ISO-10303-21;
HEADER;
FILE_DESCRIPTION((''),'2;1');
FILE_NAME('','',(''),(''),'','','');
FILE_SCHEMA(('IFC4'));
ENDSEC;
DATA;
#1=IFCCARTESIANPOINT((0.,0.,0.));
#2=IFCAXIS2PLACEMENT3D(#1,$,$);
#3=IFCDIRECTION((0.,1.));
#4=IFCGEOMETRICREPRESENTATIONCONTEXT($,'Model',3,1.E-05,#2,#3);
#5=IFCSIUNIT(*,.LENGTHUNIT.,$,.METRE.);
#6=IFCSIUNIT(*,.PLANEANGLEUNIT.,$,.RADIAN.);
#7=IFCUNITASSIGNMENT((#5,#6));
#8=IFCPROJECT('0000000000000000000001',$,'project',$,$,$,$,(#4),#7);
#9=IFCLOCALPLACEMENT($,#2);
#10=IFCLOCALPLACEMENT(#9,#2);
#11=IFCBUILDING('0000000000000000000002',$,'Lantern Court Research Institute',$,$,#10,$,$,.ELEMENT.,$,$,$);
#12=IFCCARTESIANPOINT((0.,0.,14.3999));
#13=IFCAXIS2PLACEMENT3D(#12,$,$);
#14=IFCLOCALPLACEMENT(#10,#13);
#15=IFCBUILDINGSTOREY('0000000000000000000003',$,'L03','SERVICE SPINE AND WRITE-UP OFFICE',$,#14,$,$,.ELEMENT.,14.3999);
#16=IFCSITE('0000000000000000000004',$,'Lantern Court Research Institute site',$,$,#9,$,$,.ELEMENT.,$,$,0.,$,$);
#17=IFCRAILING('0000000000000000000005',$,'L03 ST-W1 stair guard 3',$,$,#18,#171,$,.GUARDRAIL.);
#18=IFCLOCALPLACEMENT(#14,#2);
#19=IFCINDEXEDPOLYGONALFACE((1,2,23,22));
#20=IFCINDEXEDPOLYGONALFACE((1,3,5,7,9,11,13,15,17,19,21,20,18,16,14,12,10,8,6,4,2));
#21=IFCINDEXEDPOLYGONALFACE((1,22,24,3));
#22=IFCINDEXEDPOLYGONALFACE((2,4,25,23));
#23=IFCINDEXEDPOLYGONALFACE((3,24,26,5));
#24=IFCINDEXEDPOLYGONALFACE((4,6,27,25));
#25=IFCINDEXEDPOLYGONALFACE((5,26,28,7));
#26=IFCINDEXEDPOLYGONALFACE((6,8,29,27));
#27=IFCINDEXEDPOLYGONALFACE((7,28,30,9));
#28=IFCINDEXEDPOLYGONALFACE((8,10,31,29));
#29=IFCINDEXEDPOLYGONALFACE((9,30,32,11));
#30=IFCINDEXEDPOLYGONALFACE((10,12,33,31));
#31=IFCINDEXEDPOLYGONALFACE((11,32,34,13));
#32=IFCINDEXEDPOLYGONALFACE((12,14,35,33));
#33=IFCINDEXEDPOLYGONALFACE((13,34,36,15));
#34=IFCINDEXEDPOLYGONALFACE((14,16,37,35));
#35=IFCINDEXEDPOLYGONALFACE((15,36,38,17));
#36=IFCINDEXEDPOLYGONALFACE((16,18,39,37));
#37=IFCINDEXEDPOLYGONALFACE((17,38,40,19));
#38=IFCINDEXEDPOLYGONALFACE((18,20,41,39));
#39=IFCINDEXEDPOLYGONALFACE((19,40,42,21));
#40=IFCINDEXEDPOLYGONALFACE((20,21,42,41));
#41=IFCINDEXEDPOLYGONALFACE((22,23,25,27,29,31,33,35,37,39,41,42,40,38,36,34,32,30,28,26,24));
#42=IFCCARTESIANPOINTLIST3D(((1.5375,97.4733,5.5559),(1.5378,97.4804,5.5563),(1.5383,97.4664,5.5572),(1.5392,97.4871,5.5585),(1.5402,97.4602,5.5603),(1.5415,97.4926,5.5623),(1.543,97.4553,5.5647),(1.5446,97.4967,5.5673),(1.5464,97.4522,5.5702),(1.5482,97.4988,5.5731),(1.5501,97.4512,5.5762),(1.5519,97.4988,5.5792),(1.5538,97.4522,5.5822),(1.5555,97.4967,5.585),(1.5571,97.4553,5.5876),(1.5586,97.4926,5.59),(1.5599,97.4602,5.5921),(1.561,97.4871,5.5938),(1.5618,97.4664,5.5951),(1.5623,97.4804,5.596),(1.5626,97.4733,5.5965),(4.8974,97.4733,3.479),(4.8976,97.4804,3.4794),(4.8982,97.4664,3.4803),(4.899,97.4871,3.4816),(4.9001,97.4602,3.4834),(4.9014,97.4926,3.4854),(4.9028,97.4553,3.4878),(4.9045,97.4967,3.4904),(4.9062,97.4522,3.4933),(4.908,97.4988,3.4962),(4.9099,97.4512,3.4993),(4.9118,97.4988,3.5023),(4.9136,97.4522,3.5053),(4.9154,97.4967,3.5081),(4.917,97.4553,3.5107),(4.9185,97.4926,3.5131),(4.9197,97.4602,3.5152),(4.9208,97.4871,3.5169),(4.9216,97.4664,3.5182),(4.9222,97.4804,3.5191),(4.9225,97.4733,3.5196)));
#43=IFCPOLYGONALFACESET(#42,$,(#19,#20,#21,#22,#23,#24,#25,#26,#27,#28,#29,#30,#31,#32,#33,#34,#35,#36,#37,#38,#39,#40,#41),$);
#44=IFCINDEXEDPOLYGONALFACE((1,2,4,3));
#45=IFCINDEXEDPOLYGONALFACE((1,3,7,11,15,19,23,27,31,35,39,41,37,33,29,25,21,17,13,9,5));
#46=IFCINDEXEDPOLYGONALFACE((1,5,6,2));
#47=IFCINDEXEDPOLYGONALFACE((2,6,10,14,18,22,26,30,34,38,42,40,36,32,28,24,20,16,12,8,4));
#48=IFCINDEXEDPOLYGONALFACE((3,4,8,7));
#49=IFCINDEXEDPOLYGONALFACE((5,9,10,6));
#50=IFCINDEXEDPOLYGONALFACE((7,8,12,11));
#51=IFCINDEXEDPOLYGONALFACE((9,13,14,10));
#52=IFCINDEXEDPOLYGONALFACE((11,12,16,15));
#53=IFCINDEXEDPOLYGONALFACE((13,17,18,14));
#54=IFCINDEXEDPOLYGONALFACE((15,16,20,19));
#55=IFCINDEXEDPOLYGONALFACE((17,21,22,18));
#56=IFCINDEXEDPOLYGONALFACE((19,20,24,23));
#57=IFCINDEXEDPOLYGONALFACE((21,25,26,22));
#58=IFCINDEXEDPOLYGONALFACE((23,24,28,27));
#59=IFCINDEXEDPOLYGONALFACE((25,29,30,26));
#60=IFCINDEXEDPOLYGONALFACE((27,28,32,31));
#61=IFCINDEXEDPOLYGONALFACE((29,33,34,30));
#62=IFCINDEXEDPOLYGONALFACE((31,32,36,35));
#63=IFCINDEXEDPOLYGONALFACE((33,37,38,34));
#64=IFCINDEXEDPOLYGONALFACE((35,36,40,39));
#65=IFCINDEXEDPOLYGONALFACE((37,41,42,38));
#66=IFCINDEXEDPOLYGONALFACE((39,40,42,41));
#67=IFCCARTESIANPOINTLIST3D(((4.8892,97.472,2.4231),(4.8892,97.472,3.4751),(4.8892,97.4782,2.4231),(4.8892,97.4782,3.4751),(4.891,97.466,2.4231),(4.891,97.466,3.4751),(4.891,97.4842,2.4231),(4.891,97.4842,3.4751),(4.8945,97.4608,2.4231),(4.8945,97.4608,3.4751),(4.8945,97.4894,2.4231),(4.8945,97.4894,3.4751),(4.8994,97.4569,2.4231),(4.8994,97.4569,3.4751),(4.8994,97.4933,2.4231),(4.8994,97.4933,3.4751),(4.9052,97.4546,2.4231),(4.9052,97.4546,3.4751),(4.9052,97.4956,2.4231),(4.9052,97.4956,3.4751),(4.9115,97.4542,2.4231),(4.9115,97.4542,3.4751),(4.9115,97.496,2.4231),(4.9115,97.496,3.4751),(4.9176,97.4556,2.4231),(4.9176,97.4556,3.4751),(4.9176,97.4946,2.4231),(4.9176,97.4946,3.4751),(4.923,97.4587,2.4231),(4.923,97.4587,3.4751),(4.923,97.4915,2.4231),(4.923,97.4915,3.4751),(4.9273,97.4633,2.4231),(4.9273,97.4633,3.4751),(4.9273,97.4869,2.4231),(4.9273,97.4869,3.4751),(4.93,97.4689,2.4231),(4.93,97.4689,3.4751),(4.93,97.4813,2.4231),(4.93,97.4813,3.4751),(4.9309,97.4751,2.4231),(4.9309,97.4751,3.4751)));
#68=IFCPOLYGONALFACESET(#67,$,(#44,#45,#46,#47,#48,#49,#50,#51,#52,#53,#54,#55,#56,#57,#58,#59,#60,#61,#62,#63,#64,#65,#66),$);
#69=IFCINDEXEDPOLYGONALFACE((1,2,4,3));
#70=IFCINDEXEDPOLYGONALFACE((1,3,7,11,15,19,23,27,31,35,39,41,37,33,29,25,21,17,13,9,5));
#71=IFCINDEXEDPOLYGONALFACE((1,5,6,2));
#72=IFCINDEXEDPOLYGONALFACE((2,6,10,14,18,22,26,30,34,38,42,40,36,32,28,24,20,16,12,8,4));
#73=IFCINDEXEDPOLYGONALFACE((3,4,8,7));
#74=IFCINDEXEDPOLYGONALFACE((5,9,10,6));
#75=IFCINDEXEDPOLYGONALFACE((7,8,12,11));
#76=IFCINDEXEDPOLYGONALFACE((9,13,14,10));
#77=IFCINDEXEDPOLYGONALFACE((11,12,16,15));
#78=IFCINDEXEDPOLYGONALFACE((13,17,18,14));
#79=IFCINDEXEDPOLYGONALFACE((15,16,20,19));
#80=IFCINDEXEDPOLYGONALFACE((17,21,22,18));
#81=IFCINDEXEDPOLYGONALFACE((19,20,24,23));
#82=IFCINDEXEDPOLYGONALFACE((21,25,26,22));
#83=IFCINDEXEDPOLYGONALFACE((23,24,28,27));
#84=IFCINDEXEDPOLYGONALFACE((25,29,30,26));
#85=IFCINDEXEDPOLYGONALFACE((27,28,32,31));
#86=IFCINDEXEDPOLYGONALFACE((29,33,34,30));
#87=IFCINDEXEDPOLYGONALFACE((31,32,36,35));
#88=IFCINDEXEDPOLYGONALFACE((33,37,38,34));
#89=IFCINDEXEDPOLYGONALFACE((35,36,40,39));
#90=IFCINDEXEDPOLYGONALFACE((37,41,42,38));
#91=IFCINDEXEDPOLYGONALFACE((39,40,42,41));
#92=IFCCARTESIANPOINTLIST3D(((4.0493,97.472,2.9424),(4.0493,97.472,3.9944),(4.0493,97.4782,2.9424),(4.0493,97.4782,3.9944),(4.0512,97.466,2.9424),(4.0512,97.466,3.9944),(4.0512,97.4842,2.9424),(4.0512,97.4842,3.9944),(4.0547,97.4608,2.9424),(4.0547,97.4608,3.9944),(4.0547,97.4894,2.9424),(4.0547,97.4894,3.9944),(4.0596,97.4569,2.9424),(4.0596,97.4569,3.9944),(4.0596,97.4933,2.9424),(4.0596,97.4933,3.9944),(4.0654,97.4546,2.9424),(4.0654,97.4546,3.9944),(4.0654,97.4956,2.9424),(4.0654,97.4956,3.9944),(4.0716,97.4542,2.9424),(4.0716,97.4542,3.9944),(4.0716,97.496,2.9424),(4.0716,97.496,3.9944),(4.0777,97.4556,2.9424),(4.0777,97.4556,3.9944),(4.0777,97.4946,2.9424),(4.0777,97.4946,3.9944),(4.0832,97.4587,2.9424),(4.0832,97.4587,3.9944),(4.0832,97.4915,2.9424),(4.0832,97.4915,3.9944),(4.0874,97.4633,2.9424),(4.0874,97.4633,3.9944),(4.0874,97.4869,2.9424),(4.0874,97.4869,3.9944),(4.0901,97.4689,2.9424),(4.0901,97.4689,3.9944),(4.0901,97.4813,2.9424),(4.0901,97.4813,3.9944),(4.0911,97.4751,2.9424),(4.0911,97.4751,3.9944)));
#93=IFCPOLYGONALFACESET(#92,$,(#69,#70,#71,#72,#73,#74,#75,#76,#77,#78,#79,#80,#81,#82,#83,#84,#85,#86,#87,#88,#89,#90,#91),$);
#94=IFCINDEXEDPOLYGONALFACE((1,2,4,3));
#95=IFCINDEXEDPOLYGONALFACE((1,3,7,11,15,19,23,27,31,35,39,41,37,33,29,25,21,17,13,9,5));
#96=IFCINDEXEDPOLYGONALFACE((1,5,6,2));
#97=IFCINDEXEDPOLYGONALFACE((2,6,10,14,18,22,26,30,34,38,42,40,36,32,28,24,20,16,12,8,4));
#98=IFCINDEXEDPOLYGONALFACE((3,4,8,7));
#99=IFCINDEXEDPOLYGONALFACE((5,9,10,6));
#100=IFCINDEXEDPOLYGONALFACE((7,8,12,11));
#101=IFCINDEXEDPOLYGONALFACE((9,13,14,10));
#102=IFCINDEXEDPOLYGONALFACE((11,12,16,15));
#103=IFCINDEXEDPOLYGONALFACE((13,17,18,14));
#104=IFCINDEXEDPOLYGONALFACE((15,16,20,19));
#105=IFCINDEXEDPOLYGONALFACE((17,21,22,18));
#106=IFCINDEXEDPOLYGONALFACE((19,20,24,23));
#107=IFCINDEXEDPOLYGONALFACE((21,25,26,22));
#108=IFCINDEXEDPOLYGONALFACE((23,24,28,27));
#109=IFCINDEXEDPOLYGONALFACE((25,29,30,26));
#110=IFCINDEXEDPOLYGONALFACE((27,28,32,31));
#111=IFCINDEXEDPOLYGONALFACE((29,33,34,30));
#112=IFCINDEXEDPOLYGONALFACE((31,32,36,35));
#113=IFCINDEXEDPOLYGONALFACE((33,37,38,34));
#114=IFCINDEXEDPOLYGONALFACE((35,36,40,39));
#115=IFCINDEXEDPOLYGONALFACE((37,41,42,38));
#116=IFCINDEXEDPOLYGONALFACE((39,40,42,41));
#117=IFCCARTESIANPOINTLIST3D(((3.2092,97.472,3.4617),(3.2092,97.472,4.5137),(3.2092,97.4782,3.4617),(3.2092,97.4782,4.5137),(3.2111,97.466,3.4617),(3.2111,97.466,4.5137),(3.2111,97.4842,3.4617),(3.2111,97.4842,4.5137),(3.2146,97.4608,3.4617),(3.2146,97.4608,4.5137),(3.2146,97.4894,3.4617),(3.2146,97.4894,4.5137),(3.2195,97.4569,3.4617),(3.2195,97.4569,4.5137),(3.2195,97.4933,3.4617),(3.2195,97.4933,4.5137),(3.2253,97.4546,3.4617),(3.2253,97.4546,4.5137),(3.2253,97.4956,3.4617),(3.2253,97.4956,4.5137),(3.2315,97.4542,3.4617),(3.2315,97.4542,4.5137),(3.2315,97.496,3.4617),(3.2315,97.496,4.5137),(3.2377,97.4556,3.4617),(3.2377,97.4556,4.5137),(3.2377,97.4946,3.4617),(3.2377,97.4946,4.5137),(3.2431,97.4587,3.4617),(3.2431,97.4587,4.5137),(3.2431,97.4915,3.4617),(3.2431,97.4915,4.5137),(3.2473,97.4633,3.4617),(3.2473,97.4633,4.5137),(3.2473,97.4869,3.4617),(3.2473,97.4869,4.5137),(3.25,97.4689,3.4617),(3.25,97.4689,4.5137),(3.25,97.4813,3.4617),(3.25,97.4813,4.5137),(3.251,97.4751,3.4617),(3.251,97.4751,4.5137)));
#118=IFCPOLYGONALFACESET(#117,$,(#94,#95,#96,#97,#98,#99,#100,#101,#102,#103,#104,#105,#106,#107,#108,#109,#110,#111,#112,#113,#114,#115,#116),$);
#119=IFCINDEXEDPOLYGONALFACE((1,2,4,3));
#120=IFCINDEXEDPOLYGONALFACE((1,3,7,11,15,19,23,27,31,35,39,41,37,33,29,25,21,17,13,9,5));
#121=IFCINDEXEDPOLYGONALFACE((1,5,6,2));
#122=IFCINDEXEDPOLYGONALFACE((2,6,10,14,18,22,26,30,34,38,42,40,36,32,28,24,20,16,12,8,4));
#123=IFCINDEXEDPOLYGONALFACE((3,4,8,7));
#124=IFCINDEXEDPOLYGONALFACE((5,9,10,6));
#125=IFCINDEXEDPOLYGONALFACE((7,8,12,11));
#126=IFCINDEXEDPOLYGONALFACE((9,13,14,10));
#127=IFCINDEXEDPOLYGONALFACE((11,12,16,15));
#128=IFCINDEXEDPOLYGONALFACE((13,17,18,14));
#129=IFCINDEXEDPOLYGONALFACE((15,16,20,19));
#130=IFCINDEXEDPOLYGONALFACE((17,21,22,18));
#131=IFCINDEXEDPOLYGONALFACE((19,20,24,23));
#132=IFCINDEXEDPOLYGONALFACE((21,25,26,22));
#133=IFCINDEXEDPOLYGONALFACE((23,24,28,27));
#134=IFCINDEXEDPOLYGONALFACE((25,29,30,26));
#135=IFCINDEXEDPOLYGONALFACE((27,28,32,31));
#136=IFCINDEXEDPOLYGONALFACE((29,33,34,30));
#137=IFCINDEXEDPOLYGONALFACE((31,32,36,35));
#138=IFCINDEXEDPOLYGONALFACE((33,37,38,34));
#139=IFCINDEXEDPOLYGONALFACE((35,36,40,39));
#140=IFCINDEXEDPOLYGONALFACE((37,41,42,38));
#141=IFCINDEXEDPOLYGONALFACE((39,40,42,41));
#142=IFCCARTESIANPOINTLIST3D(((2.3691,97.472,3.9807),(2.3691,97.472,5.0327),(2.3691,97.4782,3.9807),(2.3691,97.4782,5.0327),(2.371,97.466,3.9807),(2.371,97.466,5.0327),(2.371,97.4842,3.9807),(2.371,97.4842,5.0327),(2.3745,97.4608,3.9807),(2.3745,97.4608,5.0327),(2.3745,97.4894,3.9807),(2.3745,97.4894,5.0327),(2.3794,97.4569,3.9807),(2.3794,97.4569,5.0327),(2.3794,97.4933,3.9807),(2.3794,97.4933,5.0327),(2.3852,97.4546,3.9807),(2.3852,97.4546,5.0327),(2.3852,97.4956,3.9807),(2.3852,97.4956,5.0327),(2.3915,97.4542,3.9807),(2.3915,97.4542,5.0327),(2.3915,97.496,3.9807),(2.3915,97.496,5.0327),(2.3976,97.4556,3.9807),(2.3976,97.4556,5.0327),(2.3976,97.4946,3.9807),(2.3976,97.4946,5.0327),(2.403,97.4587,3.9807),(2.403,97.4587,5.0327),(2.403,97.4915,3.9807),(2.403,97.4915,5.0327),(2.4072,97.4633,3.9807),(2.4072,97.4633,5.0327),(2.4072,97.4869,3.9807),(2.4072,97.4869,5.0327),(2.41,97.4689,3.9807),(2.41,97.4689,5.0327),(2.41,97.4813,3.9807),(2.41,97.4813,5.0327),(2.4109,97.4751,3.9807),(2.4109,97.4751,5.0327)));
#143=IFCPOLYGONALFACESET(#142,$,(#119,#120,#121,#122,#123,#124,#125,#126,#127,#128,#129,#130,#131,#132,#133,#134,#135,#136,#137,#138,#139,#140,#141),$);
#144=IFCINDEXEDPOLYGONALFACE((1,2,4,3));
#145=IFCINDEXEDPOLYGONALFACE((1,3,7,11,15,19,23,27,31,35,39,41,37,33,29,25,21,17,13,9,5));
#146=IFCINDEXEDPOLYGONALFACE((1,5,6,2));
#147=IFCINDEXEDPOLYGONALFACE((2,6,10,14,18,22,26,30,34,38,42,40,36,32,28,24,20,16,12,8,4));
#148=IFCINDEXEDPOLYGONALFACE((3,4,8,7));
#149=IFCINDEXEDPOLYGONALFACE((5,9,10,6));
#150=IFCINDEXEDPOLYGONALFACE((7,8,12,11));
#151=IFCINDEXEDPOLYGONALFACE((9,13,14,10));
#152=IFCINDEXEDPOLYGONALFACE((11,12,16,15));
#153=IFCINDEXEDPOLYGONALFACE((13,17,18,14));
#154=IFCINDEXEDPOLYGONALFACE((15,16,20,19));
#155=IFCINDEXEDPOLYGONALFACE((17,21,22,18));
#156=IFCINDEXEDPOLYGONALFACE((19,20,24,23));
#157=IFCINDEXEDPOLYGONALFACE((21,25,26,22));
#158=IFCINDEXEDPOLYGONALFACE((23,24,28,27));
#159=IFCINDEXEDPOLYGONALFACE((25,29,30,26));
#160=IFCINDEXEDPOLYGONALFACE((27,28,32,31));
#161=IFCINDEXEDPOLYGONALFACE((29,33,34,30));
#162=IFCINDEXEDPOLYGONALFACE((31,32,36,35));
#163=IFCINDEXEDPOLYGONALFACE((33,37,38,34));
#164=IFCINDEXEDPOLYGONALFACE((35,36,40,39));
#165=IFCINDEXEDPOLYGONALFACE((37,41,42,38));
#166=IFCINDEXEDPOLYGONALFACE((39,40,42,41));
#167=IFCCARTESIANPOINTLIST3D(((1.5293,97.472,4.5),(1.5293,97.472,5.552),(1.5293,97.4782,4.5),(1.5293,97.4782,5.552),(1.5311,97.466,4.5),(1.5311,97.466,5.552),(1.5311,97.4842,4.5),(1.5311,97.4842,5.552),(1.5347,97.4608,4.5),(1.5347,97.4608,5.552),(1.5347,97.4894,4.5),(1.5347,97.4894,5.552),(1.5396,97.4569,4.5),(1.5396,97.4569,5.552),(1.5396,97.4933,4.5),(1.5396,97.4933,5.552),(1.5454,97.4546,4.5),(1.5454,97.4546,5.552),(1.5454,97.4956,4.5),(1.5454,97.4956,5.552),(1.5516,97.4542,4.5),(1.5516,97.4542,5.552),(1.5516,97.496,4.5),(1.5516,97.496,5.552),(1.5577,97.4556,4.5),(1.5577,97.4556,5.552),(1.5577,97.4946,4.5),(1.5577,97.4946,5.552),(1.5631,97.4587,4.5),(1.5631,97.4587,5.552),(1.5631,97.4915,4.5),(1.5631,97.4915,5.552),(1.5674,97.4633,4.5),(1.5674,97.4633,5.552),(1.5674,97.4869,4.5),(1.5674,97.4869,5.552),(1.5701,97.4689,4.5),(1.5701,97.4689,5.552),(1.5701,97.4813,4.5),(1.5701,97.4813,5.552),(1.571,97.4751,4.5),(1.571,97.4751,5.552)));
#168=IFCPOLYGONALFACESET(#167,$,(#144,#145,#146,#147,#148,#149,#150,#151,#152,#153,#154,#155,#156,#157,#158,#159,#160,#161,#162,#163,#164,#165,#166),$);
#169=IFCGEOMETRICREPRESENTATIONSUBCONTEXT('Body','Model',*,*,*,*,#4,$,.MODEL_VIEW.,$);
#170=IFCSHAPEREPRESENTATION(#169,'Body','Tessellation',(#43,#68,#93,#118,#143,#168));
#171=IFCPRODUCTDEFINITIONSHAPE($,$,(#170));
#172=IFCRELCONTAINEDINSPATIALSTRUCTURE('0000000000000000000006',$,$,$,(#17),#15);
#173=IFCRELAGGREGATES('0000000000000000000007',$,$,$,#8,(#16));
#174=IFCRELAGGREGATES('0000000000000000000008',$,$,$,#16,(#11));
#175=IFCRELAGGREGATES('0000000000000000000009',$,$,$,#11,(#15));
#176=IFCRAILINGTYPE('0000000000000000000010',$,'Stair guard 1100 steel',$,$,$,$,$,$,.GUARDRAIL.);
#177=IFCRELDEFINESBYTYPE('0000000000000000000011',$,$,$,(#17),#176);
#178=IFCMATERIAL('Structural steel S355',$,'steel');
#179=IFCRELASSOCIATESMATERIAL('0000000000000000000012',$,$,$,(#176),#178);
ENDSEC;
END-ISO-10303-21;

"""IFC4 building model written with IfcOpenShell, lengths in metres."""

from ifc_helpers import new_model, si_unit, direction, frame, origin, origin_2d, place, context, subcontext, project, spatial, circle, extrude, material, type_object, element, save


model = new_model("IFC4")

# Units and contexts
model_context = context("Model", 3, precision=1e-05, world=origin(), true_north=direction((0.0, 1.0)))
body_context = subcontext(model_context, "Body", "Model", "MODEL_VIEW")
ifc_project = project(units=[si_unit("LENGTHUNIT", "METRE"), si_unit("PLANEANGLEUNIT", "RADIAN")], contexts=[model_context])

# Site, building, storey
site_placement = place(None, origin())
site = spatial("IfcSite", under=ifc_project, at=site_placement, Name="Lantern Court Research Institute site", CompositionType="ELEMENT", RefElevation=0.0)
building_placement = place(site_placement, origin())
building = spatial("IfcBuilding", under=site, at=building_placement, Name="Lantern Court Research Institute", CompositionType="ELEMENT")
storey_placement = place(building_placement, frame((0.0, 0.0, 14.3999)))
storey = spatial("IfcBuildingStorey", under=building, at=storey_placement, Name="L03", Description="SERVICE SPINE AND WRITE-UP OFFICE", CompositionType="ELEMENT", Elevation=14.3999)

# Railing
ifc_material_1 = material(Name="Structural steel S355", Category="steel")
railing_type_1 = type_object("IfcRailingType", Name="Stair guard 1100 steel", PredefinedType="GUARDRAIL", material=ifc_material_1)
railing_1_placement = place(storey_placement, frame((4.9099, 97.4751, 2.4231)))
element("IfcRailing", 1, at=railing_1_placement, inside=storey, type_object=railing_type_1, Name="L03 ST-W1 stair guard 3", PredefinedType="GUARDRAIL", context=body_context, shape_type="SweptSolid", body=[
    extrude(circle(Radius=0.0239, at=origin_2d()), frame((0.0, 0.0, 1.0762), z_axis=(-0.850606, 0.0, 0.525803), x_axis=(0.0, -1.0, 0.0)), (0.0, 0.0, 1.0), 3.95),
    extrude(circle(Radius=0.021, at=origin_2d()), origin(), (0.0, 0.0, 1.0), 1.052),
    extrude(circle(Radius=0.021, at=origin_2d()), frame((-0.8398, 0.0, 0.5193)), (0.0, 0.0, 1.0), 1.052),
    extrude(circle(Radius=0.021, at=origin_2d()), frame((-1.6799, 0.0, 1.0386)), (0.0, 0.0, 1.0), 1.052),
    extrude(circle(Radius=0.021, at=origin_2d()), frame((-2.52, 0.0, 1.5576)), (0.0, 0.0, 1.0), 1.052),
    extrude(circle(Radius=0.021, at=origin_2d()), frame((-3.3599, 0.0, 2.0769)), (0.0, 0.0, 1.0), 1.052),
])

save(model, "model.ifc")
